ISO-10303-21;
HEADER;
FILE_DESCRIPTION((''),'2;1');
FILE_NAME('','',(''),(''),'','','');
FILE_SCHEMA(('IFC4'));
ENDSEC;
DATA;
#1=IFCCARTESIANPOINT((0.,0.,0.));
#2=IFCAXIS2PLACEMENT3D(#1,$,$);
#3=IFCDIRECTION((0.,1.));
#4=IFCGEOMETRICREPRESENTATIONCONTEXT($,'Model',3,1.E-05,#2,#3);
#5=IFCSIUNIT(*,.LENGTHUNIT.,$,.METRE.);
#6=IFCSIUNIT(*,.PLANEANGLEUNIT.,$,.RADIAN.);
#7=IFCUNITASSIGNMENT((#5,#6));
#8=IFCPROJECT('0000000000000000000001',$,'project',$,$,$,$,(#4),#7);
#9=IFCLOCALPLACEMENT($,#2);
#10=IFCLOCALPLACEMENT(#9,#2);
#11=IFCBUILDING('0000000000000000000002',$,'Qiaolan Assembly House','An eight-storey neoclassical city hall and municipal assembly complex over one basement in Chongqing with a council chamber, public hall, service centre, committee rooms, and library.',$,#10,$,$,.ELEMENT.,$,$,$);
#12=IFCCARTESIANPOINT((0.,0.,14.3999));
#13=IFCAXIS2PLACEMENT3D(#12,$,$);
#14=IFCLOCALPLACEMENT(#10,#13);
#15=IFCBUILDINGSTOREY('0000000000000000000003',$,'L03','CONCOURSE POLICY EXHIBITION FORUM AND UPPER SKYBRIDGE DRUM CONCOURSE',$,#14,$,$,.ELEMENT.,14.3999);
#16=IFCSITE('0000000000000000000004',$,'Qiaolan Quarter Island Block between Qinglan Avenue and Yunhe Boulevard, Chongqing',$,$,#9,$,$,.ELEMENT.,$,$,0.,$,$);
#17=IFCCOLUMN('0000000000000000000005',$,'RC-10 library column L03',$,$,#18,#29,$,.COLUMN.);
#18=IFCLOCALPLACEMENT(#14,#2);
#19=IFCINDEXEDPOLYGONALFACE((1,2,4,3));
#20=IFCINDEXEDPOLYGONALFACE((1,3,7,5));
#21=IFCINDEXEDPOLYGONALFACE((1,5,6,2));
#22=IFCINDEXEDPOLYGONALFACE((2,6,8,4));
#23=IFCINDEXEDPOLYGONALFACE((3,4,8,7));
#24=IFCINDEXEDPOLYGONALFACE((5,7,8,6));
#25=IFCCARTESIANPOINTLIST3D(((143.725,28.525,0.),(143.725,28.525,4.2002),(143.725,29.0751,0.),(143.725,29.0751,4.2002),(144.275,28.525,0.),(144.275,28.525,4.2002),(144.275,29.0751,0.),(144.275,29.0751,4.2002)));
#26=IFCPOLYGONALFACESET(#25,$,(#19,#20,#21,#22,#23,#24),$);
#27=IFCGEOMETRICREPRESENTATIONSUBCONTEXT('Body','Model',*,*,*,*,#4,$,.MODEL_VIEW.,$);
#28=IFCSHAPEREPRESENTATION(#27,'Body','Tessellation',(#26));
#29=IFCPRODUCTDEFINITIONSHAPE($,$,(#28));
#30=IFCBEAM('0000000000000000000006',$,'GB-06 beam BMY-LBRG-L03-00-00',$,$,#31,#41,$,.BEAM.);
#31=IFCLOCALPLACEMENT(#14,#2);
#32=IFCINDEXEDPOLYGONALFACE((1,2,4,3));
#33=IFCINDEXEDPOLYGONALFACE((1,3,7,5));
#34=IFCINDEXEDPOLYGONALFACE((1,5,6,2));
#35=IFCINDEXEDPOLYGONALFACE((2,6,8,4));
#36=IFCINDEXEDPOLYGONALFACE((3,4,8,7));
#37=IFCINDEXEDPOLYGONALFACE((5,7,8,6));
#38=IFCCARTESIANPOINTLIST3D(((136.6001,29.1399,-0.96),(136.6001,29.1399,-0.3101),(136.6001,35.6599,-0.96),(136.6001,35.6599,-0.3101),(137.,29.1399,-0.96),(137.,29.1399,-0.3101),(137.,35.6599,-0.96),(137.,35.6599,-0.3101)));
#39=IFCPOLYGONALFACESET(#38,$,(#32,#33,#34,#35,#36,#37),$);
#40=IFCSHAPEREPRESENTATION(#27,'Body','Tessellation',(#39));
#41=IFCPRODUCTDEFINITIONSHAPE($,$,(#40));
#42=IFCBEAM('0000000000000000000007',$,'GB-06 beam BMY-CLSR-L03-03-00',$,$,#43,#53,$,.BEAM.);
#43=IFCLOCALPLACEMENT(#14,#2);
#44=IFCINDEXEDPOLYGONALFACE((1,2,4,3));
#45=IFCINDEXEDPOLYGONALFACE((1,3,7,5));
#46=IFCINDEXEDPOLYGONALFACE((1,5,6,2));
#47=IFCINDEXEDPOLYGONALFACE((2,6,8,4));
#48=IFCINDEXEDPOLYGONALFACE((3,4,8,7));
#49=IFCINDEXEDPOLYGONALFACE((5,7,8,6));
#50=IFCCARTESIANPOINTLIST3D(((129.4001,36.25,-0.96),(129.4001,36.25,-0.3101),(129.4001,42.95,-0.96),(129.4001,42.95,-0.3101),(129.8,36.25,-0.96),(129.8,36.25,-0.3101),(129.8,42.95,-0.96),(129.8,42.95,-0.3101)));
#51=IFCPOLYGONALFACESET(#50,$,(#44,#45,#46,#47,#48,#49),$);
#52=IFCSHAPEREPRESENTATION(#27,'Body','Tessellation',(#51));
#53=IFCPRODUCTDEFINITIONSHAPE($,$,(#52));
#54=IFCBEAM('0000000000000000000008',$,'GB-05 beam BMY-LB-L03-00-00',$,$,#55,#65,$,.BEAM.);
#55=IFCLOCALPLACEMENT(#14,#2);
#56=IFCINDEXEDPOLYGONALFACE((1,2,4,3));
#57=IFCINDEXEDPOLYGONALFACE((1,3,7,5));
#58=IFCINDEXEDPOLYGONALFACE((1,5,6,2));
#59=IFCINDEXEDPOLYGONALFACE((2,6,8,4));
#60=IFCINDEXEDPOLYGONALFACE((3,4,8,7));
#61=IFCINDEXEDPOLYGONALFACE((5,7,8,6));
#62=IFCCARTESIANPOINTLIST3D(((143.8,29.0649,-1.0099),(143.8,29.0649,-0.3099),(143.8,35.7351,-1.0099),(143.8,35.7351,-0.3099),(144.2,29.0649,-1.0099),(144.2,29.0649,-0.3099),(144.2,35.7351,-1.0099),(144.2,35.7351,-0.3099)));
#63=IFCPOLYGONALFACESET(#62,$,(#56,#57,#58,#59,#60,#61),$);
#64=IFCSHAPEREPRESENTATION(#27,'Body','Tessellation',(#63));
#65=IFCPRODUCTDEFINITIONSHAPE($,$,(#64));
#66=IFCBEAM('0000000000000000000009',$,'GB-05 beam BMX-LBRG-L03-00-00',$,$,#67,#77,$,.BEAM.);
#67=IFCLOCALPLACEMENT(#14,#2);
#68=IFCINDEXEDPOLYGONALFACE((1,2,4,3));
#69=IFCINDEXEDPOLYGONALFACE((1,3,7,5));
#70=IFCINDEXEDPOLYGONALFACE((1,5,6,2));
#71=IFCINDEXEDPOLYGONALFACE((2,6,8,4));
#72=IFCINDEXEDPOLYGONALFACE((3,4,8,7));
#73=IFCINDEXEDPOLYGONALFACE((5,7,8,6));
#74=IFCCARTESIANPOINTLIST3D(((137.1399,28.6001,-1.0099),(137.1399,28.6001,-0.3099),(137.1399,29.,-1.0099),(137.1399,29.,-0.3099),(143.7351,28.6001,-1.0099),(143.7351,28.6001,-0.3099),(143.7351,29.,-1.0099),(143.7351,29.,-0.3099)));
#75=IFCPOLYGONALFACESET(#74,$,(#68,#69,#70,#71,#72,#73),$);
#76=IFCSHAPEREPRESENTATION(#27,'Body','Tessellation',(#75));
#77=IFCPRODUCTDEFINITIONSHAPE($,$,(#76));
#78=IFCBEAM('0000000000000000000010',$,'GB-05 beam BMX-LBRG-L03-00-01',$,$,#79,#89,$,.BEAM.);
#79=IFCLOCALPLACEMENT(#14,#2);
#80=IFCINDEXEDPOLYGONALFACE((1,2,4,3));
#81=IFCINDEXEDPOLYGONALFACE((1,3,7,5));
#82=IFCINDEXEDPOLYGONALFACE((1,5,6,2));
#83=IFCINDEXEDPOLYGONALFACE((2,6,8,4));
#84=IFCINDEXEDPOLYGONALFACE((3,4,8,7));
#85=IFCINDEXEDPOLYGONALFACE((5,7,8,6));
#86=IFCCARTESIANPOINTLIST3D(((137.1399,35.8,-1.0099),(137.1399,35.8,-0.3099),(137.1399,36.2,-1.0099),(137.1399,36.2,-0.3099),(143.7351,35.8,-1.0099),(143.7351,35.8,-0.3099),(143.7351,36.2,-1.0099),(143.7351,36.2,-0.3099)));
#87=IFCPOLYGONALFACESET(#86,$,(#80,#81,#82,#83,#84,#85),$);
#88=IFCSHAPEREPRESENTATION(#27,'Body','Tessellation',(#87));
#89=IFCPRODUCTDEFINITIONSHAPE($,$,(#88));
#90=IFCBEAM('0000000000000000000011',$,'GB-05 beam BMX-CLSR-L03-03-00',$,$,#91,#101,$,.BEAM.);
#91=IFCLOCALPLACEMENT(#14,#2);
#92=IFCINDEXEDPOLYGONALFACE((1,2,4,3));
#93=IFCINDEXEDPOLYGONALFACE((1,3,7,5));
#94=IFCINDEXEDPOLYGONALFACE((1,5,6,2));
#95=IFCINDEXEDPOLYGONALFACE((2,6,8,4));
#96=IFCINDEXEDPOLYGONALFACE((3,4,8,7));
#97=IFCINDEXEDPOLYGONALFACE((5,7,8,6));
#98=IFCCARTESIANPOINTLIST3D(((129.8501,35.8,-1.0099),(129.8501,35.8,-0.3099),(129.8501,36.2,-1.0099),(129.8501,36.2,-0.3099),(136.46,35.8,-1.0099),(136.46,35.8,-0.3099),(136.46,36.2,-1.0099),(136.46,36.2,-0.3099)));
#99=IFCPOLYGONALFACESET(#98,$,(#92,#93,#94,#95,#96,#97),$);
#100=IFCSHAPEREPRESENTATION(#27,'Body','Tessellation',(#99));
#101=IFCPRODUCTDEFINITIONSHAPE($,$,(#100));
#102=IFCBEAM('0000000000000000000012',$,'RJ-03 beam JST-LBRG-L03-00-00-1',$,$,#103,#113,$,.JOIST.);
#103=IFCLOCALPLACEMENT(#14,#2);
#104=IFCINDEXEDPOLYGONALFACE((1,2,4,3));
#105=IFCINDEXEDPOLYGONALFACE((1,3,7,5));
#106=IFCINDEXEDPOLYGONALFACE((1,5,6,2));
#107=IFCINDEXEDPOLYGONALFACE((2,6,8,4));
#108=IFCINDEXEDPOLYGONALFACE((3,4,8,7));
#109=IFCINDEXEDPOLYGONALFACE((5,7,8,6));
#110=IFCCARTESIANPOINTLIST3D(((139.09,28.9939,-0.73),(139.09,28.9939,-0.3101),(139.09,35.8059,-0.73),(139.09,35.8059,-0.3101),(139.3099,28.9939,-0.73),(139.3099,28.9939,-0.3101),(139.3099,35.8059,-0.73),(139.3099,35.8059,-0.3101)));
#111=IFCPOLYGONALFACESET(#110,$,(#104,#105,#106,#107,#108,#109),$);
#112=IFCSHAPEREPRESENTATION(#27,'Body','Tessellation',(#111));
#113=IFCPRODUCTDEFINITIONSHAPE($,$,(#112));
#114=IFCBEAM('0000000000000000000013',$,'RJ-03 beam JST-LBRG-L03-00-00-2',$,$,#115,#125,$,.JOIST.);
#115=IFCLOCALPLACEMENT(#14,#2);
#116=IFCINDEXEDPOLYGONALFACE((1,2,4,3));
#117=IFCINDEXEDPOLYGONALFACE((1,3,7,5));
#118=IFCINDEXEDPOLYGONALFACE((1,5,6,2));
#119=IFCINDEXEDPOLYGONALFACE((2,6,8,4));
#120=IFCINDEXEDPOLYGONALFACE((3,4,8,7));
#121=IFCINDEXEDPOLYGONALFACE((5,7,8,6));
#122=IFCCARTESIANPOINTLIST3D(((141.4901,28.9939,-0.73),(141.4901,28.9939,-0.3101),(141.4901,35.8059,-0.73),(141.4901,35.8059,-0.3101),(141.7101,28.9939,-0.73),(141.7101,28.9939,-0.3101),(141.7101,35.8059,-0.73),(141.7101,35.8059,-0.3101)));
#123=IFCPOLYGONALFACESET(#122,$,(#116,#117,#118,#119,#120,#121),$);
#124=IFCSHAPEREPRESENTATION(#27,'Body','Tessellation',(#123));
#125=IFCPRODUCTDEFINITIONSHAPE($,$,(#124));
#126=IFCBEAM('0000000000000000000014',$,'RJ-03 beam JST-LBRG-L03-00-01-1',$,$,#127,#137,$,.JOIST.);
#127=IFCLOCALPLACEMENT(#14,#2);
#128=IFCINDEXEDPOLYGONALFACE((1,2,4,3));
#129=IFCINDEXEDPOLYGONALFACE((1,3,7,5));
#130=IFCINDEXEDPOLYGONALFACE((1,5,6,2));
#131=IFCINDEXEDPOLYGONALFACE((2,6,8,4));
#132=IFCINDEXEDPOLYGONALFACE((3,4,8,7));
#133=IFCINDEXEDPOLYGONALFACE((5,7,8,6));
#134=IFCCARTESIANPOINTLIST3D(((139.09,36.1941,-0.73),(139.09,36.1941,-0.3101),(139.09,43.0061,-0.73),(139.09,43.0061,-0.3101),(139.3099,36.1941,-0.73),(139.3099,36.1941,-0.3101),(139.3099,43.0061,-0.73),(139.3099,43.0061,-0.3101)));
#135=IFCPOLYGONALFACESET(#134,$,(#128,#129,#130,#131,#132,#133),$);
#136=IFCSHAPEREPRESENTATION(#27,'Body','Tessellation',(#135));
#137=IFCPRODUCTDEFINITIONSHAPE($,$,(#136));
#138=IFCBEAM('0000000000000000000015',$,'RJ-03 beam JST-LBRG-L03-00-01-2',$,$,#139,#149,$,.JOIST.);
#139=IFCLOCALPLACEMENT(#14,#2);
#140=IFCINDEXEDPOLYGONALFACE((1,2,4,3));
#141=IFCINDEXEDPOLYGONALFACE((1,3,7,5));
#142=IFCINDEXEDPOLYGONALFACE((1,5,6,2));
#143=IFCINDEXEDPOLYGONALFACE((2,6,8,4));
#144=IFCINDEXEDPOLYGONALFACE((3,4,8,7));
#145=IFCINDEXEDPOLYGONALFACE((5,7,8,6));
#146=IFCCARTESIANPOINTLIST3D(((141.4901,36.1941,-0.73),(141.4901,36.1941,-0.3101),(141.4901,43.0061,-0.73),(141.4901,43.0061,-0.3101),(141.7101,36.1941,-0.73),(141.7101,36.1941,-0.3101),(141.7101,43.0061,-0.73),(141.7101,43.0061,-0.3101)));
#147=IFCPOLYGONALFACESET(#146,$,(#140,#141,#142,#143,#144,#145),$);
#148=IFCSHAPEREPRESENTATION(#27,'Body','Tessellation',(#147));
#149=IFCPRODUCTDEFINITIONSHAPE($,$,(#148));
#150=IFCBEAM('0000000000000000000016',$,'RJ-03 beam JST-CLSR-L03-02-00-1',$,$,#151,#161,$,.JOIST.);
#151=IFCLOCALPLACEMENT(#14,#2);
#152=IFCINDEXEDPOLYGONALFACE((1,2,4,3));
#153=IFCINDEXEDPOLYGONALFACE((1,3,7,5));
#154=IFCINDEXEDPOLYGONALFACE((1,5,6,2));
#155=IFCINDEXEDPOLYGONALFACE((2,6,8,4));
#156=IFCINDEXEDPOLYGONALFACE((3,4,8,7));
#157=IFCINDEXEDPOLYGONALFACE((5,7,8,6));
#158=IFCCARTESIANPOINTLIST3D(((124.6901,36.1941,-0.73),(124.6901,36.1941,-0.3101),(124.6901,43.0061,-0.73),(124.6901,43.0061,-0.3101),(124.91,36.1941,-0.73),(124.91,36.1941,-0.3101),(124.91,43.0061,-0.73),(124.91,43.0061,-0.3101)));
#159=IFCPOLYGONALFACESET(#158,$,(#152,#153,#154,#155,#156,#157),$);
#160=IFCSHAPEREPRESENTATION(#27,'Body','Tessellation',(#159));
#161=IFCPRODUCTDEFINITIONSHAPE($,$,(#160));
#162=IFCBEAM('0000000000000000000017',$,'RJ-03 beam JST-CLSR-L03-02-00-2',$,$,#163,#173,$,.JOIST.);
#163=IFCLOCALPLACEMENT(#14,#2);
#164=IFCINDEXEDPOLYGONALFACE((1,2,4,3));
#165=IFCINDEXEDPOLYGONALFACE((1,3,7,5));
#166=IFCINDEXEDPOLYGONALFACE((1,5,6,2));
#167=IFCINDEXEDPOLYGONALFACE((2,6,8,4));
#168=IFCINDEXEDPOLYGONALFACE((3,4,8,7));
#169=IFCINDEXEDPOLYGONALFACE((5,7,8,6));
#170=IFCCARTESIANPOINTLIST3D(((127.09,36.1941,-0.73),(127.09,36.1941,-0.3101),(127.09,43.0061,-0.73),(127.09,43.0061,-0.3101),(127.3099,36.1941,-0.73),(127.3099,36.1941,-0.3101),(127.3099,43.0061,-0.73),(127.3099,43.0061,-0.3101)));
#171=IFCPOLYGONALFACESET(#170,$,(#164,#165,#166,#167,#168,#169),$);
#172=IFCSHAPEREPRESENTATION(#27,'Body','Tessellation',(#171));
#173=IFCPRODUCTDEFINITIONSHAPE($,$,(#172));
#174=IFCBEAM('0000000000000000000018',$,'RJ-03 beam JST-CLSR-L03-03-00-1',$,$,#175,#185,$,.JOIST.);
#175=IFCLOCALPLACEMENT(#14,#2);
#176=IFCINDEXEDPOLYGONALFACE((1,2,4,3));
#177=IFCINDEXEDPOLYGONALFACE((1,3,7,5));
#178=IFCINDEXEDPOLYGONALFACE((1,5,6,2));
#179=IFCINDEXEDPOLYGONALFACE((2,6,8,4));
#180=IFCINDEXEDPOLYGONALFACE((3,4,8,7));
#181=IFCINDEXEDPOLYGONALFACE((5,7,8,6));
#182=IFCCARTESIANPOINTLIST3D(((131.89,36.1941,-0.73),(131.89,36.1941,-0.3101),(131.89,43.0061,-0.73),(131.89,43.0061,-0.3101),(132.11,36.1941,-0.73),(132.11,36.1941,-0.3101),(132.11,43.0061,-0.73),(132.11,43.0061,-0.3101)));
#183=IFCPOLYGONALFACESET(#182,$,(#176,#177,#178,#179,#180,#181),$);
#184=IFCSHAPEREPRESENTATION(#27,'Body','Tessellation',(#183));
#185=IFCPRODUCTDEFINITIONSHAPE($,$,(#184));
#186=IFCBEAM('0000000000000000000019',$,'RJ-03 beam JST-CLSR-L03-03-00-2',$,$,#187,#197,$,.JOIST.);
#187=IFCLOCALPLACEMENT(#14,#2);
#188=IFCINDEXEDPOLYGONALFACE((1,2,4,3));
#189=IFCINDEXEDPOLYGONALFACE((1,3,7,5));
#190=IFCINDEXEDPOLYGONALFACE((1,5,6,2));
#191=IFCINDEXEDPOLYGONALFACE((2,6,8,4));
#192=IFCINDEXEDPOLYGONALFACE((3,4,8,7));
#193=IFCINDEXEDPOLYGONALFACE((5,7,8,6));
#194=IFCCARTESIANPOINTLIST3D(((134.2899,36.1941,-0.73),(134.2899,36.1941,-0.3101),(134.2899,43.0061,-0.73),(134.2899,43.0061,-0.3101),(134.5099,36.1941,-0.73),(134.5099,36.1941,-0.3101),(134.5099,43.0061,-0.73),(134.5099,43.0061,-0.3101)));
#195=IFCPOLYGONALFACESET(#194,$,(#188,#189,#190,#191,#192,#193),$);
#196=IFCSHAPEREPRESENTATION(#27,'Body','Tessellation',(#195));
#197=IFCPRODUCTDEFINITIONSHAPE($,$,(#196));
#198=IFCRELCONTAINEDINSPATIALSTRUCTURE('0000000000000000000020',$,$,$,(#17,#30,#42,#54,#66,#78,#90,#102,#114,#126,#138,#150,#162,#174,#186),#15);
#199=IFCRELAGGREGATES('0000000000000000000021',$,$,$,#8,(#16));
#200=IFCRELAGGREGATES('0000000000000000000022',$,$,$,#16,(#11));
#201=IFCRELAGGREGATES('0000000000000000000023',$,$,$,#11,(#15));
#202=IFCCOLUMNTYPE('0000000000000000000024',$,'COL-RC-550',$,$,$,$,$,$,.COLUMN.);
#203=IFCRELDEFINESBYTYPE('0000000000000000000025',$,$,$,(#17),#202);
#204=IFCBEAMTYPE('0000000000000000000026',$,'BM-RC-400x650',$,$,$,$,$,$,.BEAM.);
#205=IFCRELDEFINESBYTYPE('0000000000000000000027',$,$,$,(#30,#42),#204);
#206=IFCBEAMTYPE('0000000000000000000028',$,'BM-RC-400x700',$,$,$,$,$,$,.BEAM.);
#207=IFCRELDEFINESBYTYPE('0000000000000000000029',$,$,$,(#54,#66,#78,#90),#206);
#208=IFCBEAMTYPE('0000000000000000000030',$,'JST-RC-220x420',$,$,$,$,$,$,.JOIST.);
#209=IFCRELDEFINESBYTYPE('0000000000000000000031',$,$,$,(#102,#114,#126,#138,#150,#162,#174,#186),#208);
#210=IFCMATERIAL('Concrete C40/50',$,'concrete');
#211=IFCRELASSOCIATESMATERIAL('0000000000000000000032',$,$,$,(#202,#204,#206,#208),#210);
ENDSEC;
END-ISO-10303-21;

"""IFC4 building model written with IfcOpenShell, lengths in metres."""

from ifc_helpers import new_model, si_unit, direction, frame, origin, origin_2d, place, context, subcontext, project, spatial, rectangle, extrude, material, material_profile, profile_set, type_object, element, save


model = new_model("IFC4")

# Units and contexts
model_context = context("Model", 3, precision=1e-05, world=origin(), true_north=direction((0.0, 1.0)))
body_context = subcontext(model_context, "Body", "Model", "MODEL_VIEW")
ifc_project = project(units=[si_unit("LENGTHUNIT", "METRE"), si_unit("PLANEANGLEUNIT", "RADIAN")], contexts=[model_context])

# Site, building, storey
site_placement = place(None, origin())
site = spatial("IfcSite", under=ifc_project, at=site_placement, Name="Qiaolan Quarter Island Block between Qinglan Avenue and Yunhe Boulevard, Chongqing", CompositionType="ELEMENT", RefElevation=0.0)
building_placement = place(site_placement, origin())
building = spatial("IfcBuilding", under=site, at=building_placement, Name="Qiaolan Assembly House", Description="An eight-storey neoclassical city hall and municipal assembly complex over one basement in Chongqing with a council chamber, public hall, service centre, committee rooms, and library.", CompositionType="ELEMENT")
storey_placement = place(building_placement, frame((0.0, 0.0, 14.3999)))
storey = spatial("IfcBuildingStorey", under=building, at=storey_placement, Name="L03", Description="CONCOURSE POLICY EXHIBITION FORUM AND UPPER SKYBRIDGE DRUM CONCOURSE", CompositionType="ELEMENT", Elevation=14.3999)

# Column
ifc_material_1 = material(Name="Concrete C40/50", Category="concrete")
ifc_material_profile_1 = material_profile(ifc_material_1, rectangle(XDim=0.55, YDim=0.55, at=origin_2d()), Name="RC 550x550")
ifc_profile_set_1 = profile_set([ifc_material_profile_1], Name="Concrete C40/50")
column_type = type_object("IfcColumnType", Name="COL-RC-550", PredefinedType="COLUMN", material=ifc_profile_set_1)
column_placement = place(storey_placement, frame((144.0, 28.8, 0.0), z_axis=(0.0, 0.0, 1.0), x_axis=(1.0, 0.0, 0.0)))
element("IfcColumn", 1, at=column_placement, inside=storey, type_object=column_type, Name="RC-10 library column L03", PredefinedType="COLUMN", context=body_context, shape_type="SweptSolid", body=[
    extrude(rectangle(XDim=0.55, YDim=0.55, at=origin_2d()), origin(), (0.0, 0.0, 1.0), 4.2002),
])

# Beams
ifc_material_profile_2 = material_profile(ifc_material_1, rectangle(XDim=0.3999, YDim=0.6499, at=origin_2d()), Name="RCB 400x650")
ifc_profile_set_2 = profile_set([ifc_material_profile_2], Name="Concrete C40/50")
beam_type_1 = type_object("IfcBeamType", Name="BM-RC-400x650", PredefinedType="BEAM", material=ifc_profile_set_2)
beam_1_placement = place(storey_placement, frame((136.8, 29.1399, -0.635), z_axis=(0.0, 1.0, 0.0), x_axis=(-1.0, 0.0, 0.0)))
element("IfcBeam", 2, at=beam_1_placement, inside=storey, type_object=beam_type_1, Name="GB-06 beam BMY-LBRG-L03-00-00", PredefinedType="BEAM", context=body_context, shape_type="SweptSolid", body=[
    extrude(rectangle(XDim=0.3999, YDim=0.6499, at=origin_2d()), origin(), (0.0, 0.0, 1.0), 6.52),
])
beam_2_placement = place(storey_placement, frame((129.6001, 36.25, -0.635), z_axis=(0.0, 1.0, 0.0), x_axis=(-1.0, 0.0, 0.0)))
element("IfcBeam", 3, at=beam_2_placement, inside=storey, type_object=beam_type_1, Name="GB-06 beam BMY-CLSR-L03-03-00", PredefinedType="BEAM", context=body_context, shape_type="SweptSolid", body=[
    extrude(rectangle(XDim=0.3999, YDim=0.6499, at=origin_2d()), origin(), (0.0, 0.0, 1.0), 6.7),
])
ifc_material_profile_3 = material_profile(ifc_material_1, rectangle(XDim=0.3999, YDim=0.7, at=origin_2d()), Name="RCB 400x700")
ifc_profile_set_3 = profile_set([ifc_material_profile_3], Name="Concrete C40/50")
beam_type_2 = type_object("IfcBeamType", Name="BM-RC-400x700", PredefinedType="BEAM", material=ifc_profile_set_3)
beam_3_placement = place(storey_placement, frame((144.0, 29.0649, -0.6599), z_axis=(0.0, 1.0, 0.0), x_axis=(-1.0, 0.0, 0.0)))
element("IfcBeam", 4, at=beam_3_placement, inside=storey, type_object=beam_type_2, Name="GB-05 beam BMY-LB-L03-00-00", PredefinedType="BEAM", context=body_context, shape_type="SweptSolid", body=[
    extrude(rectangle(XDim=0.3999, YDim=0.7, at=origin_2d()), origin(), (0.0, 0.0, 1.0), 6.6702),
])
for number, where, z_axis, x_axis, name in (
    (5, (137.1399, 28.8, -0.6599), (1.0, 0.0, 0.0), (0.0, 1.0, 0.0), "GB-05 beam BMX-LBRG-L03-00-00"),
    (6, (137.1399, 36.0, -0.6599), (1.0, 0.0, 0.0), (0.0, 1.0, 0.0), "GB-05 beam BMX-LBRG-L03-00-01"),
):
    element("IfcBeam", number, at=place(storey_placement, frame(where, z_axis=z_axis, x_axis=x_axis)), inside=storey, type_object=beam_type_2, Name=name, PredefinedType="BEAM", context=body_context, shape_type="SweptSolid", body=[
        extrude(rectangle(XDim=0.3999, YDim=0.7, at=origin_2d()), origin(), (0.0, 0.0, 1.0), 6.5952),
    ])
beam_4_placement = place(storey_placement, frame((129.8501, 36.0, -0.6599), z_axis=(1.0, 0.0, 0.0), x_axis=(0.0, 1.0, 0.0)))
element("IfcBeam", 7, at=beam_4_placement, inside=storey, type_object=beam_type_2, Name="GB-05 beam BMX-CLSR-L03-03-00", PredefinedType="BEAM", context=body_context, shape_type="SweptSolid", body=[
    extrude(rectangle(XDim=0.3999, YDim=0.7, at=origin_2d()), origin(), (0.0, 0.0, 1.0), 6.6099),
])
ifc_material_profile_4 = material_profile(ifc_material_1, rectangle(XDim=0.22, YDim=0.4199, at=origin_2d()), Name="RCB 220x420")
ifc_profile_set_4 = profile_set([ifc_material_profile_4], Name="Concrete C40/50")
beam_type_3 = type_object("IfcBeamType", Name="JST-RC-220x420", PredefinedType="JOIST", material=ifc_profile_set_4)
for number, where, z_axis, x_axis, name in (
    (8, (139.2, 28.9939, -0.52), (0.0, 1.0, 0.0), (-1.0, 0.0, 0.0), "RJ-03 beam JST-LBRG-L03-00-00-1"),
    (9, (141.6001, 28.9939, -0.52), (0.0, 1.0, 0.0), (-1.0, 0.0, 0.0), "RJ-03 beam JST-LBRG-L03-00-00-2"),
    (10, (139.2, 36.1941, -0.52), (0.0, 1.0, 0.0), (-1.0, 0.0, 0.0), "RJ-03 beam JST-LBRG-L03-00-01-1"),
    (11, (141.6001, 36.1941, -0.52), (0.0, 1.0, 0.0), (-1.0, 0.0, 0.0), "RJ-03 beam JST-LBRG-L03-00-01-2"),
    (12, (124.8, 36.1941, -0.52), (0.0, 1.0, 0.0), (-1.0, 0.0, 0.0), "RJ-03 beam JST-CLSR-L03-02-00-1"),
    (13, (127.2, 36.1941, -0.52), (0.0, 1.0, 0.0), (-1.0, 0.0, 0.0), "RJ-03 beam JST-CLSR-L03-02-00-2"),
    (14, (132.0, 36.1941, -0.52), (0.0, 1.0, 0.0), (-1.0, 0.0, 0.0), "RJ-03 beam JST-CLSR-L03-03-00-1"),
    (15, (134.3999, 36.1941, -0.52), (0.0, 1.0, 0.0), (-1.0, 0.0, 0.0), "RJ-03 beam JST-CLSR-L03-03-00-2"),
):
    element("IfcBeam", number, at=place(storey_placement, frame(where, z_axis=z_axis, x_axis=x_axis)), inside=storey, type_object=beam_type_3, Name=name, PredefinedType="JOIST", context=body_context, shape_type="SweptSolid", body=[
        extrude(rectangle(XDim=0.22, YDim=0.4199, at=origin_2d()), origin(), (0.0, 0.0, 1.0), 6.812),
    ])

save(model, "model.ifc")
